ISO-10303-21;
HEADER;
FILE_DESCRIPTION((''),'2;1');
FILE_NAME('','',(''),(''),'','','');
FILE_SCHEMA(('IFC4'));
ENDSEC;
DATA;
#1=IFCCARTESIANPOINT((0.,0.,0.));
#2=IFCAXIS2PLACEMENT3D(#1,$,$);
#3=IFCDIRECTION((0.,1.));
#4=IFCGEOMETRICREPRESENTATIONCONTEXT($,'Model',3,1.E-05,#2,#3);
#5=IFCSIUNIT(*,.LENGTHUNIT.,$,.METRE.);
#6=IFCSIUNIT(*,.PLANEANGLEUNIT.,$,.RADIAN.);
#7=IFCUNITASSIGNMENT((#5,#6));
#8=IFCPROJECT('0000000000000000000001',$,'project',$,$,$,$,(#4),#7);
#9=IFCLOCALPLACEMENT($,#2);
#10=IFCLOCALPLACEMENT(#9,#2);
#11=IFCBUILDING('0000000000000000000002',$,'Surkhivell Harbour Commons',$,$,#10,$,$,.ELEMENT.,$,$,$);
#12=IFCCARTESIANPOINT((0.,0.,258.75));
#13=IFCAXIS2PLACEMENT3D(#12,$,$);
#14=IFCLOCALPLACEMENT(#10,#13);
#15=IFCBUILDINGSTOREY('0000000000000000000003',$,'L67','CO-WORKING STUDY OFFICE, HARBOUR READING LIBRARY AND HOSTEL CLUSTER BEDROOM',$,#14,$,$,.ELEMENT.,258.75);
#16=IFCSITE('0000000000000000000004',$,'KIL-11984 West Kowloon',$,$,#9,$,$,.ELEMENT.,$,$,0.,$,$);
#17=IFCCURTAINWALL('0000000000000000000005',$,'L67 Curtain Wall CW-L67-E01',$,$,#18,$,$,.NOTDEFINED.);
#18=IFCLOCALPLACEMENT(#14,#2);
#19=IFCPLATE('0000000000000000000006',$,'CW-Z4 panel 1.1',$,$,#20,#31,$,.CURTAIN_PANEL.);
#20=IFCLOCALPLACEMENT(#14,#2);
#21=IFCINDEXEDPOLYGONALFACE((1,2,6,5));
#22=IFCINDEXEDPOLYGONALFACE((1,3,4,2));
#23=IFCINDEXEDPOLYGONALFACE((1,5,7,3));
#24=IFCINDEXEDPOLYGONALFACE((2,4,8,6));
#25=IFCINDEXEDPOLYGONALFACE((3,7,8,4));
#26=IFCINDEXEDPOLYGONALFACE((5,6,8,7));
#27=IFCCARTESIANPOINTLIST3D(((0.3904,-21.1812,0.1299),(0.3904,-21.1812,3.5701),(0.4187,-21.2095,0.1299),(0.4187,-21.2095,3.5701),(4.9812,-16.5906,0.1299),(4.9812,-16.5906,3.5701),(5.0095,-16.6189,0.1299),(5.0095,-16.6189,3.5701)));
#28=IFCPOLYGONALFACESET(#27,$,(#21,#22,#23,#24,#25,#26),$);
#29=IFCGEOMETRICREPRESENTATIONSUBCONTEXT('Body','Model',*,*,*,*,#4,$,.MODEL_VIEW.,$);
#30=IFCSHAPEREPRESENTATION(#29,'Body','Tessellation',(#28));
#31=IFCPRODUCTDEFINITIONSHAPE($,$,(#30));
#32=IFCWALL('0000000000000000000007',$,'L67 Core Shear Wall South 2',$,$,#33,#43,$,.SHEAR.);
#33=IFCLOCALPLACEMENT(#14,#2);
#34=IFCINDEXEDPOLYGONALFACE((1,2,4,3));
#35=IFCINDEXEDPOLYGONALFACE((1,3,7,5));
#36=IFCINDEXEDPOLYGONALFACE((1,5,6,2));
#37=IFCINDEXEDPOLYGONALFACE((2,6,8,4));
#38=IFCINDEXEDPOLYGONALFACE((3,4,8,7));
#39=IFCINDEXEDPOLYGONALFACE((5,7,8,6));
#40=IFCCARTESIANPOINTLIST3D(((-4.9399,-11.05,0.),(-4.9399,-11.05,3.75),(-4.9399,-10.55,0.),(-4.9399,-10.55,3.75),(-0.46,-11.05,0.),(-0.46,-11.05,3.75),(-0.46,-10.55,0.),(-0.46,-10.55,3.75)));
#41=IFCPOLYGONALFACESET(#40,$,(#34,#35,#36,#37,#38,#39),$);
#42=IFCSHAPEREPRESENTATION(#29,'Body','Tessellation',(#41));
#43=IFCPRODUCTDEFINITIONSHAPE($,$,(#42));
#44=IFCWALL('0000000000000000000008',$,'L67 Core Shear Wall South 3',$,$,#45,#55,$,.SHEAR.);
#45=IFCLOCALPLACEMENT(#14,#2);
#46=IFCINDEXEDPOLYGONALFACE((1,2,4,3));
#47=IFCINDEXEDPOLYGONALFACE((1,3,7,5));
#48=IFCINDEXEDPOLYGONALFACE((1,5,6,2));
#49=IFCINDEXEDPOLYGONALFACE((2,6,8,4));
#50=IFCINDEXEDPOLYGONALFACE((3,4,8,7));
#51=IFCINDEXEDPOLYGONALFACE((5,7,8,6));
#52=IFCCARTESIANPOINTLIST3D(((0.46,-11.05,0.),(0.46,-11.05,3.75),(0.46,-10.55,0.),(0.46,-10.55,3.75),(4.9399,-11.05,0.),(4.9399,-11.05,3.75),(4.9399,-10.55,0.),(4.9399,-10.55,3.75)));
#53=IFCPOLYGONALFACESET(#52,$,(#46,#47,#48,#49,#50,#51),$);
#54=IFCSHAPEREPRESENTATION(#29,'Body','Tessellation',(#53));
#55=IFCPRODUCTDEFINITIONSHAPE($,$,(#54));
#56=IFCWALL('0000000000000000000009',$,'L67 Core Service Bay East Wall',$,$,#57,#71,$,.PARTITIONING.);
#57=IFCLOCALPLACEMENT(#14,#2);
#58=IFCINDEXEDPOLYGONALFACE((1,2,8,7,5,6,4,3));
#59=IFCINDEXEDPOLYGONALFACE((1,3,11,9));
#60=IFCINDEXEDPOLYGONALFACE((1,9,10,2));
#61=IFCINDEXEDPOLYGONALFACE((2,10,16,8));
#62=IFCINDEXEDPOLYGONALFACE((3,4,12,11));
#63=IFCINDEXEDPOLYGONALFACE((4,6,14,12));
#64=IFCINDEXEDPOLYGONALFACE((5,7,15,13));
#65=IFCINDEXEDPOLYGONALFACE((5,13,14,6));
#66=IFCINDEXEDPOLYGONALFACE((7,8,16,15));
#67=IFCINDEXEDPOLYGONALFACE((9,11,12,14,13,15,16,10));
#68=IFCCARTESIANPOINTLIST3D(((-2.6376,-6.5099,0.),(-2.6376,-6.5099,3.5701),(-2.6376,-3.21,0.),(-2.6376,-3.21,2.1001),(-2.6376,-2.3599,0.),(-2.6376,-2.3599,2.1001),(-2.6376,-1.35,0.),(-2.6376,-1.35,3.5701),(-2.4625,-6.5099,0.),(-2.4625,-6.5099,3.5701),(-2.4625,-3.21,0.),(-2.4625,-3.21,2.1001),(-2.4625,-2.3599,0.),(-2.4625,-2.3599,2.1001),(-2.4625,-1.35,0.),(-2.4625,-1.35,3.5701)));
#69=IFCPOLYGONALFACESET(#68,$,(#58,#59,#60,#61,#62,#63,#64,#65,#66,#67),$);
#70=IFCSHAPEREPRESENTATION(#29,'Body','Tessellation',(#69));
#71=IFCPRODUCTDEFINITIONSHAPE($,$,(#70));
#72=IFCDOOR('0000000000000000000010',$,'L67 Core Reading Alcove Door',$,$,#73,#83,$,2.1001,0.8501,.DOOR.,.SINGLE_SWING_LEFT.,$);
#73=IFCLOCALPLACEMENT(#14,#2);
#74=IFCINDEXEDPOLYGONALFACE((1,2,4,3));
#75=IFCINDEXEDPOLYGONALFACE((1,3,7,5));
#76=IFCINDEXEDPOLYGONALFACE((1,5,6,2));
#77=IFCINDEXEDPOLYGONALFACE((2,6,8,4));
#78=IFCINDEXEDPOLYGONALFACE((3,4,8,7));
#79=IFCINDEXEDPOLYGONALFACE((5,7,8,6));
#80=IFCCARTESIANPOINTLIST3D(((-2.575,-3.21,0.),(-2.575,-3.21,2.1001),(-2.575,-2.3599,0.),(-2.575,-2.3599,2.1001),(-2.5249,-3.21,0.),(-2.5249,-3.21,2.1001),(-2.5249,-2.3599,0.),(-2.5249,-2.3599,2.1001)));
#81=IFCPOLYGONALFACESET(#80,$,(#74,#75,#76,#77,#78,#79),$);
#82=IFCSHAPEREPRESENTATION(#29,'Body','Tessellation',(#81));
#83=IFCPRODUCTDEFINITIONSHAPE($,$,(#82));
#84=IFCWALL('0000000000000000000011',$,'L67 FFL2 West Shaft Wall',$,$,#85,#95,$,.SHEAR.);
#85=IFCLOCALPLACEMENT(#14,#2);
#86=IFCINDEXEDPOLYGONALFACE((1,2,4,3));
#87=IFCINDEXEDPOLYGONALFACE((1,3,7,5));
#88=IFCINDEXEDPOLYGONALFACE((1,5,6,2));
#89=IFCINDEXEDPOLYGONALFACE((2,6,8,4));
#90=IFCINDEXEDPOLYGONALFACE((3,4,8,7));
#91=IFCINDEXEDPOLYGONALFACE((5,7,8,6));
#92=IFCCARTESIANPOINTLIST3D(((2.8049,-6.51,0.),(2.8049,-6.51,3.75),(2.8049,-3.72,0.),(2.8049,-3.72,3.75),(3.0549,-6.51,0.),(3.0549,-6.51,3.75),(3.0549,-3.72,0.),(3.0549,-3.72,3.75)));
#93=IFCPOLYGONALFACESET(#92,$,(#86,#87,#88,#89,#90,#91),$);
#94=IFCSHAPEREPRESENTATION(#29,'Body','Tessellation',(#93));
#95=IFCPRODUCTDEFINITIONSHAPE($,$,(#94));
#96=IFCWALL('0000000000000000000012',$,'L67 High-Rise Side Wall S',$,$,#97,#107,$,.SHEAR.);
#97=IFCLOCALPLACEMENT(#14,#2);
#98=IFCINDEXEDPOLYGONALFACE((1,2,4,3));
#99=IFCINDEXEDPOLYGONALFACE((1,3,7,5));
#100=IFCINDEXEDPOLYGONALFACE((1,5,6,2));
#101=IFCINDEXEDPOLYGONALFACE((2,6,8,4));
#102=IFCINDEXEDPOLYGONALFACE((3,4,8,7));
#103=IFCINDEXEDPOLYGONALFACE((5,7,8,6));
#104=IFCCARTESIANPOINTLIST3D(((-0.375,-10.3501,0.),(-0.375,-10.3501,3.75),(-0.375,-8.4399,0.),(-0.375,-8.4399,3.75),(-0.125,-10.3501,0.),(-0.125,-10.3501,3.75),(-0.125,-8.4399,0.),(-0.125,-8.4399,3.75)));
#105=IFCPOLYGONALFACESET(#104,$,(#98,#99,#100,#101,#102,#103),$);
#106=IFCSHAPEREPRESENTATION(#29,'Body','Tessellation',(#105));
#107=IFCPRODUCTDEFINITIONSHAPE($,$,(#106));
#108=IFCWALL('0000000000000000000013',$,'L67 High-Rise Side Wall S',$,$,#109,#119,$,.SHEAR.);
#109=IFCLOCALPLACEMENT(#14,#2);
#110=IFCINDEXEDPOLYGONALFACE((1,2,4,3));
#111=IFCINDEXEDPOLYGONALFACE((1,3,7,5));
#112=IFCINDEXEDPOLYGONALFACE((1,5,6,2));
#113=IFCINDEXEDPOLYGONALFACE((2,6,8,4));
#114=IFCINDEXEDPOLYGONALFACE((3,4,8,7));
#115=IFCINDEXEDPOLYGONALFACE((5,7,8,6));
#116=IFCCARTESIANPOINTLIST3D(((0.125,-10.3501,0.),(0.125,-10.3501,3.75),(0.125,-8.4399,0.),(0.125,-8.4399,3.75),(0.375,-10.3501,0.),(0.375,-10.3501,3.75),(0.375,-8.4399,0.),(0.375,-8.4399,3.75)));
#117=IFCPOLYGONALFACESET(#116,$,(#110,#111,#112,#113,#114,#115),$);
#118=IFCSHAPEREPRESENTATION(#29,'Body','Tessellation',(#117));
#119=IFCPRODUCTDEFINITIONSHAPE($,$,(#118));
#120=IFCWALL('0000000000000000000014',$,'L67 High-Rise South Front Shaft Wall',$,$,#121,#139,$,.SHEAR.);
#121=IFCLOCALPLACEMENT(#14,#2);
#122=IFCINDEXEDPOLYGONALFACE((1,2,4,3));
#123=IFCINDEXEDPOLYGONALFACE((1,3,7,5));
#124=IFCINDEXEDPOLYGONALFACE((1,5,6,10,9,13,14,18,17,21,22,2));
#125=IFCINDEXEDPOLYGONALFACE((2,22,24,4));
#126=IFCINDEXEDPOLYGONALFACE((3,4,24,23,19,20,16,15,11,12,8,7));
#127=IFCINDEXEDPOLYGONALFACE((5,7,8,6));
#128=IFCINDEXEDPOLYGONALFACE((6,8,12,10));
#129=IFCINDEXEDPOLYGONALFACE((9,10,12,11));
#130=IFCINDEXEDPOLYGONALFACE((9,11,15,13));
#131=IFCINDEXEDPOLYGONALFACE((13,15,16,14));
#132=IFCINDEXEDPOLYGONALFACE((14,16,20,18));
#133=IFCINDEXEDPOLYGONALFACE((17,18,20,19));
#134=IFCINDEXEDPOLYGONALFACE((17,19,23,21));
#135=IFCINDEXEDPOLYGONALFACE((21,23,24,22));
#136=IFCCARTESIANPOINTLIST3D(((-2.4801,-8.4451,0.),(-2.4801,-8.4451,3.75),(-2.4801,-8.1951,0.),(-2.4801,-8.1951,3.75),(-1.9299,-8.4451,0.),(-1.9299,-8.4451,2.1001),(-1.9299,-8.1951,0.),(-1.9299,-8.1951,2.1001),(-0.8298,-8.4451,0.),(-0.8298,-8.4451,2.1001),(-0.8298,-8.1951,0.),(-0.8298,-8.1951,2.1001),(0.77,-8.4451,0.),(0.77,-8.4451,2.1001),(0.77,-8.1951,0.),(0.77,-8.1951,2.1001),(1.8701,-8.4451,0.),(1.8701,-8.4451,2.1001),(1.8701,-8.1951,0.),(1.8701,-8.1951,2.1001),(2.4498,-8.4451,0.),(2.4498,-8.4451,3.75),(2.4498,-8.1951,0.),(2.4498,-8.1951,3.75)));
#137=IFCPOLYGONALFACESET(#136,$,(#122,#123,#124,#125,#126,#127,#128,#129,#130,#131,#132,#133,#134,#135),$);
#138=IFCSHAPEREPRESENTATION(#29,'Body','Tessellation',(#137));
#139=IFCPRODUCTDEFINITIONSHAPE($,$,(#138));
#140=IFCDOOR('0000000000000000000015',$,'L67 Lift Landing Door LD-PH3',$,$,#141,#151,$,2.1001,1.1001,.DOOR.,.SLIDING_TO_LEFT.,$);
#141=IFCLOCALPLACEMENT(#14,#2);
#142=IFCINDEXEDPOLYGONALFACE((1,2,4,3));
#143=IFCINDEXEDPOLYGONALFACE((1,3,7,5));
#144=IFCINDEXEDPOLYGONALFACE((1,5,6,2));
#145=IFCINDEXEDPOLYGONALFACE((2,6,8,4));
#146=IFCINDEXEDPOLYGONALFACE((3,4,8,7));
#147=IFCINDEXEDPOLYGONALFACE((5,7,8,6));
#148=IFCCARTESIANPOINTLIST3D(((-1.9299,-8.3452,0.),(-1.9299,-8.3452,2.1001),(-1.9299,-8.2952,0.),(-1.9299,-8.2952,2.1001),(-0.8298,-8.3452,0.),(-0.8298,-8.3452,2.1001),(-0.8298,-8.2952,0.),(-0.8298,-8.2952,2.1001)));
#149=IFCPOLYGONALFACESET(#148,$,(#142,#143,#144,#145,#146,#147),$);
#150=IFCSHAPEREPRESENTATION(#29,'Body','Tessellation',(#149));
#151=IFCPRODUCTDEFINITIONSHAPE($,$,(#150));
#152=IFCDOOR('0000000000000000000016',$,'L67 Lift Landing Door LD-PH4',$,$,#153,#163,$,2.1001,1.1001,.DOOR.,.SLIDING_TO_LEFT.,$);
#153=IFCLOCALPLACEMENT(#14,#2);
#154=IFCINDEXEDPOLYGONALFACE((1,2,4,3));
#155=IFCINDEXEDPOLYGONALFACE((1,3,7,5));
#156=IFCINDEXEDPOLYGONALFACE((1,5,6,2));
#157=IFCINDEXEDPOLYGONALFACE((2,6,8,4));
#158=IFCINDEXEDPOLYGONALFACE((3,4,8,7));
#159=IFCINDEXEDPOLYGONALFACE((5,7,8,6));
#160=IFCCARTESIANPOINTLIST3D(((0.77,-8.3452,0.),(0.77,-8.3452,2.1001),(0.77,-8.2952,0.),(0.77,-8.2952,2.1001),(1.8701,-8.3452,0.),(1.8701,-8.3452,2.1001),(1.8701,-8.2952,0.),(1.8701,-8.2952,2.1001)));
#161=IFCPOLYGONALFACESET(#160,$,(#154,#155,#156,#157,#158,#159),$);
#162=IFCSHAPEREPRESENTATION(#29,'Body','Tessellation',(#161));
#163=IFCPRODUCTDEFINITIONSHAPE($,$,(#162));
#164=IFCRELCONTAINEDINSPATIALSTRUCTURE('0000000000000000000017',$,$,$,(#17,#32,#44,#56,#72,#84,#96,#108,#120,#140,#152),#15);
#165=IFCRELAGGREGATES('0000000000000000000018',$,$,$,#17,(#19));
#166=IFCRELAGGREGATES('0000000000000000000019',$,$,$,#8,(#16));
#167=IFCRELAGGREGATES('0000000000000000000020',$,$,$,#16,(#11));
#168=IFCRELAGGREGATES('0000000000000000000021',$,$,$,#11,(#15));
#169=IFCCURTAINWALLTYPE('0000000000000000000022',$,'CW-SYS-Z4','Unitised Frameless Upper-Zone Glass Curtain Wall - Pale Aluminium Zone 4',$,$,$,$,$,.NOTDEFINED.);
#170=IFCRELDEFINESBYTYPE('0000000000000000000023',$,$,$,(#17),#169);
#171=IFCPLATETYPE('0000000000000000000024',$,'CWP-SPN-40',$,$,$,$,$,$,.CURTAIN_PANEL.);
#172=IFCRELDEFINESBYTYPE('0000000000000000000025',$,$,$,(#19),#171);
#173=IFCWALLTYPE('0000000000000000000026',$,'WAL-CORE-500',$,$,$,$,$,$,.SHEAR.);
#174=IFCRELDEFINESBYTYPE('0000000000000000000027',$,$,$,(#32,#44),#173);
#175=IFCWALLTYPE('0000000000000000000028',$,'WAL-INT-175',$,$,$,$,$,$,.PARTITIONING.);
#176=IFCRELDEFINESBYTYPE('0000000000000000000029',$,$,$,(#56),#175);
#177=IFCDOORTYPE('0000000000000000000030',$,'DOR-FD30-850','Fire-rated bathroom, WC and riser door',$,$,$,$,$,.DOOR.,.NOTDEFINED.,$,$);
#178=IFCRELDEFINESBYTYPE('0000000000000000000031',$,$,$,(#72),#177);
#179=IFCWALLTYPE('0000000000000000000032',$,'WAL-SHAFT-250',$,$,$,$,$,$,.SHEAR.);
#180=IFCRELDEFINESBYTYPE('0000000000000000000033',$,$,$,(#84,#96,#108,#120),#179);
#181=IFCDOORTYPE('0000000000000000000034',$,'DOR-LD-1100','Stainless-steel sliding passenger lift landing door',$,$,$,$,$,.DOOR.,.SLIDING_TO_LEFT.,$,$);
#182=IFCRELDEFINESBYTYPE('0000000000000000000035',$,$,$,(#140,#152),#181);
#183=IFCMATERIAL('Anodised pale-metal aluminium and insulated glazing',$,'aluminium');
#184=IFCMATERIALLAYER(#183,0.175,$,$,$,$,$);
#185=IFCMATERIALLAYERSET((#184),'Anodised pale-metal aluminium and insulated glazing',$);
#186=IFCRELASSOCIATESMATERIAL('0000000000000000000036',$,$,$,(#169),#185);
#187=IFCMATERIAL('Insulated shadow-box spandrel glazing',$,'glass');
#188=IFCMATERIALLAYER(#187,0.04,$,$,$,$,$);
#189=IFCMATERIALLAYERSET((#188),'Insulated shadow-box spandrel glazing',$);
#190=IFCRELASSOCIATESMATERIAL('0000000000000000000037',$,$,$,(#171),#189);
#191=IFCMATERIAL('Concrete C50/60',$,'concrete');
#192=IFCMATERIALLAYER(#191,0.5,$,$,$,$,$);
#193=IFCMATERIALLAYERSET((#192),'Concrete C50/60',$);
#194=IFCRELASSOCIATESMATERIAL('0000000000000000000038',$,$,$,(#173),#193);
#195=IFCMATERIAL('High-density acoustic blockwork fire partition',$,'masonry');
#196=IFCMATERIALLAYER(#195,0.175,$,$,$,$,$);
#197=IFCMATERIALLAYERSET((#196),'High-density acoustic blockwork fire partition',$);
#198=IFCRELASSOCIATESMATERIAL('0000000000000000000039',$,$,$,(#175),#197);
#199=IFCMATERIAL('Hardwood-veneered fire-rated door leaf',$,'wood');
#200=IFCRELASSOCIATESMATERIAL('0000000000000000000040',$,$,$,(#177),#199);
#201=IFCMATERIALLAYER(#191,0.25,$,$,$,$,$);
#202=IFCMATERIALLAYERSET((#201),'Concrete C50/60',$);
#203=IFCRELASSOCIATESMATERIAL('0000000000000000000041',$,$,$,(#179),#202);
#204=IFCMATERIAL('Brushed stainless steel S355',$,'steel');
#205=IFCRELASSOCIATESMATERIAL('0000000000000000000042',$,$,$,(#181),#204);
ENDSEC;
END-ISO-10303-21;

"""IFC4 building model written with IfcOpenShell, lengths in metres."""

from ifc_helpers import new_model, si_unit, direction, frame, frame_2d, origin, place, context, subcontext, project, spatial, rectangle, extrude, material, layer, layer_set, type_object, element, fill, aggregate, save


model = new_model("IFC4")

# Units and contexts
model_context = context("Model", 3, precision=1e-05, world=origin(), true_north=direction((0.0, 1.0)))
body_context = subcontext(model_context, "Body", "Model", "MODEL_VIEW")
ifc_project = project(units=[si_unit("LENGTHUNIT", "METRE"), si_unit("PLANEANGLEUNIT", "RADIAN")], contexts=[model_context])

# Site, building, storey
site_placement = place(None, origin())
site = spatial("IfcSite", under=ifc_project, at=site_placement, Name="KIL-11984 West Kowloon", CompositionType="ELEMENT", RefElevation=0.0)
building_placement = place(site_placement, origin())
building = spatial("IfcBuilding", under=site, at=building_placement, Name="Surkhivell Harbour Commons", CompositionType="ELEMENT")
storey_placement = place(building_placement, frame((0.0, 0.0, 258.75)))
storey = spatial("IfcBuildingStorey", under=building, at=storey_placement, Name="L67", Description="CO-WORKING STUDY OFFICE, HARBOUR READING LIBRARY AND HOSTEL CLUSTER BEDROOM", CompositionType="ELEMENT", Elevation=258.75)

# Shared definitions
ifc_material_1 = material(Name="Concrete C50/60", Category="concrete")

# Shared definitions
ifc_material_2 = material(Name="Anodised pale-metal aluminium and insulated glazing", Category="aluminium")
ifc_layer_1 = layer(ifc_material_2, 0.175)
ifc_layer_set_1 = layer_set([ifc_layer_1], Name="Anodised pale-metal aluminium and insulated glazing")
curtain_wall_type = type_object("IfcCurtainWallType", Name="CW-SYS-Z4", Description="Unitised Frameless Upper-Zone Glass Curtain Wall - Pale Aluminium Zone 4", PredefinedType="NOTDEFINED", material=ifc_layer_set_1)

# Curtain wall
curtain_wall_1_placement = place(storey_placement, origin())
curtain_wall_1 = element("IfcCurtainWall", 1, at=curtain_wall_1_placement, inside=storey, type_object=curtain_wall_type, Name="L67 Curtain Wall CW-L67-E01", PredefinedType="NOTDEFINED")

# Plate
ifc_material_3 = material(Name="Insulated shadow-box spandrel glazing", Category="glass")
ifc_layer_2 = layer(ifc_material_3, 0.04)
ifc_layer_set_2 = layer_set([ifc_layer_2], Name="Insulated shadow-box spandrel glazing")
plate_type = type_object("IfcPlateType", Name="CWP-SPN-40", PredefinedType="CURTAIN_PANEL", material=ifc_layer_set_2)
plate_1_placement = place(storey_placement, frame((0.4045, -21.1953, 0.1299), z_axis=(0.0, 0.0, 1.0), x_axis=(0.707126, 0.707088, 0.0)))
plate_1 = element("IfcPlate", 2, at=plate_1_placement, type_object=plate_type, Name="CW-Z4 panel 1.1", PredefinedType="CURTAIN_PANEL", context=body_context, shape_type="SweptSolid", body=[
    extrude(rectangle(XDim=6.4922, YDim=0.04, at=frame_2d((3.2461, 0.0))), origin(), (0.0, 0.0, 1.0), 3.4402),
])
aggregate(curtain_wall_1, [plate_1])

# Walls
ifc_layer_3 = layer(ifc_material_1, 0.5)
ifc_layer_set_3 = layer_set([ifc_layer_3], Name="Concrete C50/60")
wall_type_1 = type_object("IfcWallType", Name="WAL-CORE-500", PredefinedType="SHEAR", material=ifc_layer_set_3)
for number, where, z_axis, x_axis, name in (
    (3, (-4.9399, -10.8, 0.0), (0.0, 0.0, 1.0), (1.0, 0.0, 0.0), "L67 Core Shear Wall South 2"),
    (4, (0.46, -10.8, 0.0), (0.0, 0.0, 1.0), (1.0, 0.0, 0.0), "L67 Core Shear Wall South 3"),
):
    element("IfcWall", number, at=place(storey_placement, frame(where, z_axis=z_axis, x_axis=x_axis)), inside=storey, type_object=wall_type_1, Name=name, PredefinedType="SHEAR", context=body_context, shape_type="SweptSolid", body=[
        extrude(rectangle(XDim=4.48, YDim=0.5, at=frame_2d((2.24, 0.0))), origin(), (0.0, 0.0, 1.0), 3.75),
    ])

# Wall, opening, door
ifc_material_4 = material(Name="High-density acoustic blockwork fire partition", Category="masonry")
ifc_layer_4 = layer(ifc_material_4, 0.175)
ifc_layer_set_4 = layer_set([ifc_layer_4], Name="High-density acoustic blockwork fire partition")
wall_type_2 = type_object("IfcWallType", Name="WAL-INT-175", PredefinedType="PARTITIONING", material=ifc_layer_set_4)
wall_1_placement = place(storey_placement, frame((-2.55, -6.51, 0.0), z_axis=(0.0, 0.0, 1.0), x_axis=(0.0, 1.0, 0.0)))
wall_1 = element("IfcWall", 5, at=wall_1_placement, inside=storey, type_object=wall_type_2, Name="L67 Core Service Bay East Wall", PredefinedType="PARTITIONING", context=body_context, shape_type="SweptSolid", body=[
    extrude(rectangle(XDim=5.1599, YDim=0.175, at=frame_2d((2.5801, 0.0))), origin(), (0.0, 0.0, 1.0), 3.5701),
])
opening_1_placement = place(wall_1_placement, frame((3.3, 0.0, 0.0)))
opening_1 = element("IfcOpeningElement", 6, at=opening_1_placement, cuts=wall_1, PredefinedType="OPENING", context=body_context, shape_type="SweptSolid", body=[
    extrude(rectangle(XDim=0.8501, YDim=2.1001, at=frame_2d((0.425, 1.05))), frame((0.0, 0.0974, 0.0), z_axis=(0.0, -1.0, 0.0), x_axis=(1.0, 0.0, 0.0)), (0.0, 0.0, 1.0), 0.1951),
])
ifc_material_5 = material(Name="Hardwood-veneered fire-rated door leaf", Category="wood")
door_type_1 = type_object("IfcDoorType", Name="DOR-FD30-850", Description="Fire-rated bathroom, WC and riser door", OperationType="NOTDEFINED", PredefinedType="DOOR", material=ifc_material_5)
door_1_placement = place(opening_1_placement, origin())
door_1 = element("IfcDoor", 7, at=door_1_placement, inside=storey, type_object=door_type_1, Name="L67 Core Reading Alcove Door", OperationType="SINGLE_SWING_LEFT", OverallHeight=2.1001, OverallWidth=0.8501, PredefinedType="DOOR", context=body_context, shape_type="SweptSolid", body=[
    extrude(rectangle(XDim=0.8501, YDim=2.1001, at=frame_2d((0.425, 1.05))), frame((0.0, 0.0249, 0.0), z_axis=(0.0, -1.0, 0.0), x_axis=(1.0, 0.0, 0.0)), (0.0, 0.0, 1.0), 0.05),
])
fill(opening_1, door_1)

# Walls
ifc_layer_5 = layer(ifc_material_1, 0.25)
ifc_layer_set_5 = layer_set([ifc_layer_5], Name="Concrete C50/60")
wall_type_3 = type_object("IfcWallType", Name="WAL-SHAFT-250", PredefinedType="SHEAR", material=ifc_layer_set_5)
wall_2_placement = place(storey_placement, frame((2.9299, -6.51, 0.0), z_axis=(0.0, 0.0, 1.0), x_axis=(0.0, 1.0, 0.0)))
element("IfcWall", 8, at=wall_2_placement, inside=storey, type_object=wall_type_3, Name="L67 FFL2 West Shaft Wall", PredefinedType="SHEAR", context=body_context, shape_type="SweptSolid", body=[
    extrude(rectangle(XDim=2.79, YDim=0.25, at=frame_2d((1.395, 0.0))), origin(), (0.0, 0.0, 1.0), 3.75),
])
for number, where, z_axis, x_axis, name in (
    (9, (-0.25, -10.3501, 0.0), (0.0, 0.0, 1.0), (0.0, 1.0, 0.0), "L67 High-Rise Side Wall S"),
    (10, (0.25, -10.3501, 0.0), (0.0, 0.0, 1.0), (0.0, 1.0, 0.0), "L67 High-Rise Side Wall S"),
):
    element("IfcWall", number, at=place(storey_placement, frame(where, z_axis=z_axis, x_axis=x_axis)), inside=storey, type_object=wall_type_3, Name=name, PredefinedType="SHEAR", context=body_context, shape_type="SweptSolid", body=[
        extrude(rectangle(XDim=1.9102, YDim=0.25, at=frame_2d((0.9551, 0.0))), origin(), (0.0, 0.0, 1.0), 3.75),
    ])

# Wall, openings, doors
wall_3_placement = place(storey_placement, frame((-2.48, -8.3201, 0.0), z_axis=(0.0, 0.0, 1.0), x_axis=(1.0, 0.0, 0.0)))
wall_3 = element("IfcWall", 11, at=wall_3_placement, inside=storey, type_object=wall_type_3, Name="L67 High-Rise South Front Shaft Wall", PredefinedType="SHEAR", context=body_context, shape_type="SweptSolid", body=[
    extrude(rectangle(XDim=4.9299, YDim=0.25, at=frame_2d((2.4648, 0.0))), origin(), (0.0, 0.0, 1.0), 3.75),
])
opening_2_placement = place(wall_3_placement, frame((0.55, 0.0, 0.0)))
opening_2 = element("IfcOpeningElement", 12, at=opening_2_placement, cuts=wall_3, PredefinedType="OPENING", context=body_context, shape_type="SweptSolid", body=[
    extrude(rectangle(XDim=1.1001, YDim=2.1001, at=frame_2d((0.55, 1.05))), frame((0.0, 0.135, 0.0), z_axis=(0.0, -1.0, 0.0), x_axis=(1.0, 0.0, 0.0)), (0.0, 0.0, 1.0), 0.27),
])
opening_3_placement = place(wall_3_placement, frame((3.25, 0.0, 0.0)))
opening_3 = element("IfcOpeningElement", 13, at=opening_3_placement, cuts=wall_3, PredefinedType="OPENING", context=body_context, shape_type="SweptSolid", body=[
    extrude(rectangle(XDim=1.1001, YDim=2.1001, at=frame_2d((0.55, 1.05))), frame((0.0, 0.135, 0.0), z_axis=(0.0, -1.0, 0.0), x_axis=(1.0, 0.0, 0.0)), (0.0, 0.0, 1.0), 0.27),
])
ifc_material_6 = material(Name="Brushed stainless steel S355", Category="steel")
door_type_2 = type_object("IfcDoorType", Name="DOR-LD-1100", Description="Stainless-steel sliding passenger lift landing door", OperationType="SLIDING_TO_LEFT", PredefinedType="DOOR", material=ifc_material_6)
door_2_placement = place(opening_2_placement, origin())
door_2 = element("IfcDoor", 14, at=door_2_placement, inside=storey, type_object=door_type_2, Name="L67 Lift Landing Door LD-PH3", OperationType="SLIDING_TO_LEFT", OverallHeight=2.1001, OverallWidth=1.1001, PredefinedType="DOOR", context=body_context, shape_type="SweptSolid", body=[
    extrude(rectangle(XDim=1.1001, YDim=2.1001, at=frame_2d((0.55, 1.05))), frame((0.0, 0.0249, 0.0), z_axis=(0.0, -1.0, 0.0), x_axis=(1.0, 0.0, 0.0)), (0.0, 0.0, 1.0), 0.05),
])
fill(opening_2, door_2)
door_3_placement = place(opening_3_placement, origin())
door_3 = element("IfcDoor", 15, at=door_3_placement, inside=storey, type_object=door_type_2, Name="L67 Lift Landing Door LD-PH4", OperationType="SLIDING_TO_LEFT", OverallHeight=2.1001, OverallWidth=1.1001, PredefinedType="DOOR", context=body_context, shape_type="SweptSolid", body=[
    extrude(rectangle(XDim=1.1001, YDim=2.1001, at=frame_2d((0.55, 1.05))), frame((0.0, 0.0249, 0.0), z_axis=(0.0, -1.0, 0.0), x_axis=(1.0, 0.0, 0.0)), (0.0, 0.0, 1.0), 0.05),
])
fill(opening_3, door_3)

save(model, "model.ifc")
